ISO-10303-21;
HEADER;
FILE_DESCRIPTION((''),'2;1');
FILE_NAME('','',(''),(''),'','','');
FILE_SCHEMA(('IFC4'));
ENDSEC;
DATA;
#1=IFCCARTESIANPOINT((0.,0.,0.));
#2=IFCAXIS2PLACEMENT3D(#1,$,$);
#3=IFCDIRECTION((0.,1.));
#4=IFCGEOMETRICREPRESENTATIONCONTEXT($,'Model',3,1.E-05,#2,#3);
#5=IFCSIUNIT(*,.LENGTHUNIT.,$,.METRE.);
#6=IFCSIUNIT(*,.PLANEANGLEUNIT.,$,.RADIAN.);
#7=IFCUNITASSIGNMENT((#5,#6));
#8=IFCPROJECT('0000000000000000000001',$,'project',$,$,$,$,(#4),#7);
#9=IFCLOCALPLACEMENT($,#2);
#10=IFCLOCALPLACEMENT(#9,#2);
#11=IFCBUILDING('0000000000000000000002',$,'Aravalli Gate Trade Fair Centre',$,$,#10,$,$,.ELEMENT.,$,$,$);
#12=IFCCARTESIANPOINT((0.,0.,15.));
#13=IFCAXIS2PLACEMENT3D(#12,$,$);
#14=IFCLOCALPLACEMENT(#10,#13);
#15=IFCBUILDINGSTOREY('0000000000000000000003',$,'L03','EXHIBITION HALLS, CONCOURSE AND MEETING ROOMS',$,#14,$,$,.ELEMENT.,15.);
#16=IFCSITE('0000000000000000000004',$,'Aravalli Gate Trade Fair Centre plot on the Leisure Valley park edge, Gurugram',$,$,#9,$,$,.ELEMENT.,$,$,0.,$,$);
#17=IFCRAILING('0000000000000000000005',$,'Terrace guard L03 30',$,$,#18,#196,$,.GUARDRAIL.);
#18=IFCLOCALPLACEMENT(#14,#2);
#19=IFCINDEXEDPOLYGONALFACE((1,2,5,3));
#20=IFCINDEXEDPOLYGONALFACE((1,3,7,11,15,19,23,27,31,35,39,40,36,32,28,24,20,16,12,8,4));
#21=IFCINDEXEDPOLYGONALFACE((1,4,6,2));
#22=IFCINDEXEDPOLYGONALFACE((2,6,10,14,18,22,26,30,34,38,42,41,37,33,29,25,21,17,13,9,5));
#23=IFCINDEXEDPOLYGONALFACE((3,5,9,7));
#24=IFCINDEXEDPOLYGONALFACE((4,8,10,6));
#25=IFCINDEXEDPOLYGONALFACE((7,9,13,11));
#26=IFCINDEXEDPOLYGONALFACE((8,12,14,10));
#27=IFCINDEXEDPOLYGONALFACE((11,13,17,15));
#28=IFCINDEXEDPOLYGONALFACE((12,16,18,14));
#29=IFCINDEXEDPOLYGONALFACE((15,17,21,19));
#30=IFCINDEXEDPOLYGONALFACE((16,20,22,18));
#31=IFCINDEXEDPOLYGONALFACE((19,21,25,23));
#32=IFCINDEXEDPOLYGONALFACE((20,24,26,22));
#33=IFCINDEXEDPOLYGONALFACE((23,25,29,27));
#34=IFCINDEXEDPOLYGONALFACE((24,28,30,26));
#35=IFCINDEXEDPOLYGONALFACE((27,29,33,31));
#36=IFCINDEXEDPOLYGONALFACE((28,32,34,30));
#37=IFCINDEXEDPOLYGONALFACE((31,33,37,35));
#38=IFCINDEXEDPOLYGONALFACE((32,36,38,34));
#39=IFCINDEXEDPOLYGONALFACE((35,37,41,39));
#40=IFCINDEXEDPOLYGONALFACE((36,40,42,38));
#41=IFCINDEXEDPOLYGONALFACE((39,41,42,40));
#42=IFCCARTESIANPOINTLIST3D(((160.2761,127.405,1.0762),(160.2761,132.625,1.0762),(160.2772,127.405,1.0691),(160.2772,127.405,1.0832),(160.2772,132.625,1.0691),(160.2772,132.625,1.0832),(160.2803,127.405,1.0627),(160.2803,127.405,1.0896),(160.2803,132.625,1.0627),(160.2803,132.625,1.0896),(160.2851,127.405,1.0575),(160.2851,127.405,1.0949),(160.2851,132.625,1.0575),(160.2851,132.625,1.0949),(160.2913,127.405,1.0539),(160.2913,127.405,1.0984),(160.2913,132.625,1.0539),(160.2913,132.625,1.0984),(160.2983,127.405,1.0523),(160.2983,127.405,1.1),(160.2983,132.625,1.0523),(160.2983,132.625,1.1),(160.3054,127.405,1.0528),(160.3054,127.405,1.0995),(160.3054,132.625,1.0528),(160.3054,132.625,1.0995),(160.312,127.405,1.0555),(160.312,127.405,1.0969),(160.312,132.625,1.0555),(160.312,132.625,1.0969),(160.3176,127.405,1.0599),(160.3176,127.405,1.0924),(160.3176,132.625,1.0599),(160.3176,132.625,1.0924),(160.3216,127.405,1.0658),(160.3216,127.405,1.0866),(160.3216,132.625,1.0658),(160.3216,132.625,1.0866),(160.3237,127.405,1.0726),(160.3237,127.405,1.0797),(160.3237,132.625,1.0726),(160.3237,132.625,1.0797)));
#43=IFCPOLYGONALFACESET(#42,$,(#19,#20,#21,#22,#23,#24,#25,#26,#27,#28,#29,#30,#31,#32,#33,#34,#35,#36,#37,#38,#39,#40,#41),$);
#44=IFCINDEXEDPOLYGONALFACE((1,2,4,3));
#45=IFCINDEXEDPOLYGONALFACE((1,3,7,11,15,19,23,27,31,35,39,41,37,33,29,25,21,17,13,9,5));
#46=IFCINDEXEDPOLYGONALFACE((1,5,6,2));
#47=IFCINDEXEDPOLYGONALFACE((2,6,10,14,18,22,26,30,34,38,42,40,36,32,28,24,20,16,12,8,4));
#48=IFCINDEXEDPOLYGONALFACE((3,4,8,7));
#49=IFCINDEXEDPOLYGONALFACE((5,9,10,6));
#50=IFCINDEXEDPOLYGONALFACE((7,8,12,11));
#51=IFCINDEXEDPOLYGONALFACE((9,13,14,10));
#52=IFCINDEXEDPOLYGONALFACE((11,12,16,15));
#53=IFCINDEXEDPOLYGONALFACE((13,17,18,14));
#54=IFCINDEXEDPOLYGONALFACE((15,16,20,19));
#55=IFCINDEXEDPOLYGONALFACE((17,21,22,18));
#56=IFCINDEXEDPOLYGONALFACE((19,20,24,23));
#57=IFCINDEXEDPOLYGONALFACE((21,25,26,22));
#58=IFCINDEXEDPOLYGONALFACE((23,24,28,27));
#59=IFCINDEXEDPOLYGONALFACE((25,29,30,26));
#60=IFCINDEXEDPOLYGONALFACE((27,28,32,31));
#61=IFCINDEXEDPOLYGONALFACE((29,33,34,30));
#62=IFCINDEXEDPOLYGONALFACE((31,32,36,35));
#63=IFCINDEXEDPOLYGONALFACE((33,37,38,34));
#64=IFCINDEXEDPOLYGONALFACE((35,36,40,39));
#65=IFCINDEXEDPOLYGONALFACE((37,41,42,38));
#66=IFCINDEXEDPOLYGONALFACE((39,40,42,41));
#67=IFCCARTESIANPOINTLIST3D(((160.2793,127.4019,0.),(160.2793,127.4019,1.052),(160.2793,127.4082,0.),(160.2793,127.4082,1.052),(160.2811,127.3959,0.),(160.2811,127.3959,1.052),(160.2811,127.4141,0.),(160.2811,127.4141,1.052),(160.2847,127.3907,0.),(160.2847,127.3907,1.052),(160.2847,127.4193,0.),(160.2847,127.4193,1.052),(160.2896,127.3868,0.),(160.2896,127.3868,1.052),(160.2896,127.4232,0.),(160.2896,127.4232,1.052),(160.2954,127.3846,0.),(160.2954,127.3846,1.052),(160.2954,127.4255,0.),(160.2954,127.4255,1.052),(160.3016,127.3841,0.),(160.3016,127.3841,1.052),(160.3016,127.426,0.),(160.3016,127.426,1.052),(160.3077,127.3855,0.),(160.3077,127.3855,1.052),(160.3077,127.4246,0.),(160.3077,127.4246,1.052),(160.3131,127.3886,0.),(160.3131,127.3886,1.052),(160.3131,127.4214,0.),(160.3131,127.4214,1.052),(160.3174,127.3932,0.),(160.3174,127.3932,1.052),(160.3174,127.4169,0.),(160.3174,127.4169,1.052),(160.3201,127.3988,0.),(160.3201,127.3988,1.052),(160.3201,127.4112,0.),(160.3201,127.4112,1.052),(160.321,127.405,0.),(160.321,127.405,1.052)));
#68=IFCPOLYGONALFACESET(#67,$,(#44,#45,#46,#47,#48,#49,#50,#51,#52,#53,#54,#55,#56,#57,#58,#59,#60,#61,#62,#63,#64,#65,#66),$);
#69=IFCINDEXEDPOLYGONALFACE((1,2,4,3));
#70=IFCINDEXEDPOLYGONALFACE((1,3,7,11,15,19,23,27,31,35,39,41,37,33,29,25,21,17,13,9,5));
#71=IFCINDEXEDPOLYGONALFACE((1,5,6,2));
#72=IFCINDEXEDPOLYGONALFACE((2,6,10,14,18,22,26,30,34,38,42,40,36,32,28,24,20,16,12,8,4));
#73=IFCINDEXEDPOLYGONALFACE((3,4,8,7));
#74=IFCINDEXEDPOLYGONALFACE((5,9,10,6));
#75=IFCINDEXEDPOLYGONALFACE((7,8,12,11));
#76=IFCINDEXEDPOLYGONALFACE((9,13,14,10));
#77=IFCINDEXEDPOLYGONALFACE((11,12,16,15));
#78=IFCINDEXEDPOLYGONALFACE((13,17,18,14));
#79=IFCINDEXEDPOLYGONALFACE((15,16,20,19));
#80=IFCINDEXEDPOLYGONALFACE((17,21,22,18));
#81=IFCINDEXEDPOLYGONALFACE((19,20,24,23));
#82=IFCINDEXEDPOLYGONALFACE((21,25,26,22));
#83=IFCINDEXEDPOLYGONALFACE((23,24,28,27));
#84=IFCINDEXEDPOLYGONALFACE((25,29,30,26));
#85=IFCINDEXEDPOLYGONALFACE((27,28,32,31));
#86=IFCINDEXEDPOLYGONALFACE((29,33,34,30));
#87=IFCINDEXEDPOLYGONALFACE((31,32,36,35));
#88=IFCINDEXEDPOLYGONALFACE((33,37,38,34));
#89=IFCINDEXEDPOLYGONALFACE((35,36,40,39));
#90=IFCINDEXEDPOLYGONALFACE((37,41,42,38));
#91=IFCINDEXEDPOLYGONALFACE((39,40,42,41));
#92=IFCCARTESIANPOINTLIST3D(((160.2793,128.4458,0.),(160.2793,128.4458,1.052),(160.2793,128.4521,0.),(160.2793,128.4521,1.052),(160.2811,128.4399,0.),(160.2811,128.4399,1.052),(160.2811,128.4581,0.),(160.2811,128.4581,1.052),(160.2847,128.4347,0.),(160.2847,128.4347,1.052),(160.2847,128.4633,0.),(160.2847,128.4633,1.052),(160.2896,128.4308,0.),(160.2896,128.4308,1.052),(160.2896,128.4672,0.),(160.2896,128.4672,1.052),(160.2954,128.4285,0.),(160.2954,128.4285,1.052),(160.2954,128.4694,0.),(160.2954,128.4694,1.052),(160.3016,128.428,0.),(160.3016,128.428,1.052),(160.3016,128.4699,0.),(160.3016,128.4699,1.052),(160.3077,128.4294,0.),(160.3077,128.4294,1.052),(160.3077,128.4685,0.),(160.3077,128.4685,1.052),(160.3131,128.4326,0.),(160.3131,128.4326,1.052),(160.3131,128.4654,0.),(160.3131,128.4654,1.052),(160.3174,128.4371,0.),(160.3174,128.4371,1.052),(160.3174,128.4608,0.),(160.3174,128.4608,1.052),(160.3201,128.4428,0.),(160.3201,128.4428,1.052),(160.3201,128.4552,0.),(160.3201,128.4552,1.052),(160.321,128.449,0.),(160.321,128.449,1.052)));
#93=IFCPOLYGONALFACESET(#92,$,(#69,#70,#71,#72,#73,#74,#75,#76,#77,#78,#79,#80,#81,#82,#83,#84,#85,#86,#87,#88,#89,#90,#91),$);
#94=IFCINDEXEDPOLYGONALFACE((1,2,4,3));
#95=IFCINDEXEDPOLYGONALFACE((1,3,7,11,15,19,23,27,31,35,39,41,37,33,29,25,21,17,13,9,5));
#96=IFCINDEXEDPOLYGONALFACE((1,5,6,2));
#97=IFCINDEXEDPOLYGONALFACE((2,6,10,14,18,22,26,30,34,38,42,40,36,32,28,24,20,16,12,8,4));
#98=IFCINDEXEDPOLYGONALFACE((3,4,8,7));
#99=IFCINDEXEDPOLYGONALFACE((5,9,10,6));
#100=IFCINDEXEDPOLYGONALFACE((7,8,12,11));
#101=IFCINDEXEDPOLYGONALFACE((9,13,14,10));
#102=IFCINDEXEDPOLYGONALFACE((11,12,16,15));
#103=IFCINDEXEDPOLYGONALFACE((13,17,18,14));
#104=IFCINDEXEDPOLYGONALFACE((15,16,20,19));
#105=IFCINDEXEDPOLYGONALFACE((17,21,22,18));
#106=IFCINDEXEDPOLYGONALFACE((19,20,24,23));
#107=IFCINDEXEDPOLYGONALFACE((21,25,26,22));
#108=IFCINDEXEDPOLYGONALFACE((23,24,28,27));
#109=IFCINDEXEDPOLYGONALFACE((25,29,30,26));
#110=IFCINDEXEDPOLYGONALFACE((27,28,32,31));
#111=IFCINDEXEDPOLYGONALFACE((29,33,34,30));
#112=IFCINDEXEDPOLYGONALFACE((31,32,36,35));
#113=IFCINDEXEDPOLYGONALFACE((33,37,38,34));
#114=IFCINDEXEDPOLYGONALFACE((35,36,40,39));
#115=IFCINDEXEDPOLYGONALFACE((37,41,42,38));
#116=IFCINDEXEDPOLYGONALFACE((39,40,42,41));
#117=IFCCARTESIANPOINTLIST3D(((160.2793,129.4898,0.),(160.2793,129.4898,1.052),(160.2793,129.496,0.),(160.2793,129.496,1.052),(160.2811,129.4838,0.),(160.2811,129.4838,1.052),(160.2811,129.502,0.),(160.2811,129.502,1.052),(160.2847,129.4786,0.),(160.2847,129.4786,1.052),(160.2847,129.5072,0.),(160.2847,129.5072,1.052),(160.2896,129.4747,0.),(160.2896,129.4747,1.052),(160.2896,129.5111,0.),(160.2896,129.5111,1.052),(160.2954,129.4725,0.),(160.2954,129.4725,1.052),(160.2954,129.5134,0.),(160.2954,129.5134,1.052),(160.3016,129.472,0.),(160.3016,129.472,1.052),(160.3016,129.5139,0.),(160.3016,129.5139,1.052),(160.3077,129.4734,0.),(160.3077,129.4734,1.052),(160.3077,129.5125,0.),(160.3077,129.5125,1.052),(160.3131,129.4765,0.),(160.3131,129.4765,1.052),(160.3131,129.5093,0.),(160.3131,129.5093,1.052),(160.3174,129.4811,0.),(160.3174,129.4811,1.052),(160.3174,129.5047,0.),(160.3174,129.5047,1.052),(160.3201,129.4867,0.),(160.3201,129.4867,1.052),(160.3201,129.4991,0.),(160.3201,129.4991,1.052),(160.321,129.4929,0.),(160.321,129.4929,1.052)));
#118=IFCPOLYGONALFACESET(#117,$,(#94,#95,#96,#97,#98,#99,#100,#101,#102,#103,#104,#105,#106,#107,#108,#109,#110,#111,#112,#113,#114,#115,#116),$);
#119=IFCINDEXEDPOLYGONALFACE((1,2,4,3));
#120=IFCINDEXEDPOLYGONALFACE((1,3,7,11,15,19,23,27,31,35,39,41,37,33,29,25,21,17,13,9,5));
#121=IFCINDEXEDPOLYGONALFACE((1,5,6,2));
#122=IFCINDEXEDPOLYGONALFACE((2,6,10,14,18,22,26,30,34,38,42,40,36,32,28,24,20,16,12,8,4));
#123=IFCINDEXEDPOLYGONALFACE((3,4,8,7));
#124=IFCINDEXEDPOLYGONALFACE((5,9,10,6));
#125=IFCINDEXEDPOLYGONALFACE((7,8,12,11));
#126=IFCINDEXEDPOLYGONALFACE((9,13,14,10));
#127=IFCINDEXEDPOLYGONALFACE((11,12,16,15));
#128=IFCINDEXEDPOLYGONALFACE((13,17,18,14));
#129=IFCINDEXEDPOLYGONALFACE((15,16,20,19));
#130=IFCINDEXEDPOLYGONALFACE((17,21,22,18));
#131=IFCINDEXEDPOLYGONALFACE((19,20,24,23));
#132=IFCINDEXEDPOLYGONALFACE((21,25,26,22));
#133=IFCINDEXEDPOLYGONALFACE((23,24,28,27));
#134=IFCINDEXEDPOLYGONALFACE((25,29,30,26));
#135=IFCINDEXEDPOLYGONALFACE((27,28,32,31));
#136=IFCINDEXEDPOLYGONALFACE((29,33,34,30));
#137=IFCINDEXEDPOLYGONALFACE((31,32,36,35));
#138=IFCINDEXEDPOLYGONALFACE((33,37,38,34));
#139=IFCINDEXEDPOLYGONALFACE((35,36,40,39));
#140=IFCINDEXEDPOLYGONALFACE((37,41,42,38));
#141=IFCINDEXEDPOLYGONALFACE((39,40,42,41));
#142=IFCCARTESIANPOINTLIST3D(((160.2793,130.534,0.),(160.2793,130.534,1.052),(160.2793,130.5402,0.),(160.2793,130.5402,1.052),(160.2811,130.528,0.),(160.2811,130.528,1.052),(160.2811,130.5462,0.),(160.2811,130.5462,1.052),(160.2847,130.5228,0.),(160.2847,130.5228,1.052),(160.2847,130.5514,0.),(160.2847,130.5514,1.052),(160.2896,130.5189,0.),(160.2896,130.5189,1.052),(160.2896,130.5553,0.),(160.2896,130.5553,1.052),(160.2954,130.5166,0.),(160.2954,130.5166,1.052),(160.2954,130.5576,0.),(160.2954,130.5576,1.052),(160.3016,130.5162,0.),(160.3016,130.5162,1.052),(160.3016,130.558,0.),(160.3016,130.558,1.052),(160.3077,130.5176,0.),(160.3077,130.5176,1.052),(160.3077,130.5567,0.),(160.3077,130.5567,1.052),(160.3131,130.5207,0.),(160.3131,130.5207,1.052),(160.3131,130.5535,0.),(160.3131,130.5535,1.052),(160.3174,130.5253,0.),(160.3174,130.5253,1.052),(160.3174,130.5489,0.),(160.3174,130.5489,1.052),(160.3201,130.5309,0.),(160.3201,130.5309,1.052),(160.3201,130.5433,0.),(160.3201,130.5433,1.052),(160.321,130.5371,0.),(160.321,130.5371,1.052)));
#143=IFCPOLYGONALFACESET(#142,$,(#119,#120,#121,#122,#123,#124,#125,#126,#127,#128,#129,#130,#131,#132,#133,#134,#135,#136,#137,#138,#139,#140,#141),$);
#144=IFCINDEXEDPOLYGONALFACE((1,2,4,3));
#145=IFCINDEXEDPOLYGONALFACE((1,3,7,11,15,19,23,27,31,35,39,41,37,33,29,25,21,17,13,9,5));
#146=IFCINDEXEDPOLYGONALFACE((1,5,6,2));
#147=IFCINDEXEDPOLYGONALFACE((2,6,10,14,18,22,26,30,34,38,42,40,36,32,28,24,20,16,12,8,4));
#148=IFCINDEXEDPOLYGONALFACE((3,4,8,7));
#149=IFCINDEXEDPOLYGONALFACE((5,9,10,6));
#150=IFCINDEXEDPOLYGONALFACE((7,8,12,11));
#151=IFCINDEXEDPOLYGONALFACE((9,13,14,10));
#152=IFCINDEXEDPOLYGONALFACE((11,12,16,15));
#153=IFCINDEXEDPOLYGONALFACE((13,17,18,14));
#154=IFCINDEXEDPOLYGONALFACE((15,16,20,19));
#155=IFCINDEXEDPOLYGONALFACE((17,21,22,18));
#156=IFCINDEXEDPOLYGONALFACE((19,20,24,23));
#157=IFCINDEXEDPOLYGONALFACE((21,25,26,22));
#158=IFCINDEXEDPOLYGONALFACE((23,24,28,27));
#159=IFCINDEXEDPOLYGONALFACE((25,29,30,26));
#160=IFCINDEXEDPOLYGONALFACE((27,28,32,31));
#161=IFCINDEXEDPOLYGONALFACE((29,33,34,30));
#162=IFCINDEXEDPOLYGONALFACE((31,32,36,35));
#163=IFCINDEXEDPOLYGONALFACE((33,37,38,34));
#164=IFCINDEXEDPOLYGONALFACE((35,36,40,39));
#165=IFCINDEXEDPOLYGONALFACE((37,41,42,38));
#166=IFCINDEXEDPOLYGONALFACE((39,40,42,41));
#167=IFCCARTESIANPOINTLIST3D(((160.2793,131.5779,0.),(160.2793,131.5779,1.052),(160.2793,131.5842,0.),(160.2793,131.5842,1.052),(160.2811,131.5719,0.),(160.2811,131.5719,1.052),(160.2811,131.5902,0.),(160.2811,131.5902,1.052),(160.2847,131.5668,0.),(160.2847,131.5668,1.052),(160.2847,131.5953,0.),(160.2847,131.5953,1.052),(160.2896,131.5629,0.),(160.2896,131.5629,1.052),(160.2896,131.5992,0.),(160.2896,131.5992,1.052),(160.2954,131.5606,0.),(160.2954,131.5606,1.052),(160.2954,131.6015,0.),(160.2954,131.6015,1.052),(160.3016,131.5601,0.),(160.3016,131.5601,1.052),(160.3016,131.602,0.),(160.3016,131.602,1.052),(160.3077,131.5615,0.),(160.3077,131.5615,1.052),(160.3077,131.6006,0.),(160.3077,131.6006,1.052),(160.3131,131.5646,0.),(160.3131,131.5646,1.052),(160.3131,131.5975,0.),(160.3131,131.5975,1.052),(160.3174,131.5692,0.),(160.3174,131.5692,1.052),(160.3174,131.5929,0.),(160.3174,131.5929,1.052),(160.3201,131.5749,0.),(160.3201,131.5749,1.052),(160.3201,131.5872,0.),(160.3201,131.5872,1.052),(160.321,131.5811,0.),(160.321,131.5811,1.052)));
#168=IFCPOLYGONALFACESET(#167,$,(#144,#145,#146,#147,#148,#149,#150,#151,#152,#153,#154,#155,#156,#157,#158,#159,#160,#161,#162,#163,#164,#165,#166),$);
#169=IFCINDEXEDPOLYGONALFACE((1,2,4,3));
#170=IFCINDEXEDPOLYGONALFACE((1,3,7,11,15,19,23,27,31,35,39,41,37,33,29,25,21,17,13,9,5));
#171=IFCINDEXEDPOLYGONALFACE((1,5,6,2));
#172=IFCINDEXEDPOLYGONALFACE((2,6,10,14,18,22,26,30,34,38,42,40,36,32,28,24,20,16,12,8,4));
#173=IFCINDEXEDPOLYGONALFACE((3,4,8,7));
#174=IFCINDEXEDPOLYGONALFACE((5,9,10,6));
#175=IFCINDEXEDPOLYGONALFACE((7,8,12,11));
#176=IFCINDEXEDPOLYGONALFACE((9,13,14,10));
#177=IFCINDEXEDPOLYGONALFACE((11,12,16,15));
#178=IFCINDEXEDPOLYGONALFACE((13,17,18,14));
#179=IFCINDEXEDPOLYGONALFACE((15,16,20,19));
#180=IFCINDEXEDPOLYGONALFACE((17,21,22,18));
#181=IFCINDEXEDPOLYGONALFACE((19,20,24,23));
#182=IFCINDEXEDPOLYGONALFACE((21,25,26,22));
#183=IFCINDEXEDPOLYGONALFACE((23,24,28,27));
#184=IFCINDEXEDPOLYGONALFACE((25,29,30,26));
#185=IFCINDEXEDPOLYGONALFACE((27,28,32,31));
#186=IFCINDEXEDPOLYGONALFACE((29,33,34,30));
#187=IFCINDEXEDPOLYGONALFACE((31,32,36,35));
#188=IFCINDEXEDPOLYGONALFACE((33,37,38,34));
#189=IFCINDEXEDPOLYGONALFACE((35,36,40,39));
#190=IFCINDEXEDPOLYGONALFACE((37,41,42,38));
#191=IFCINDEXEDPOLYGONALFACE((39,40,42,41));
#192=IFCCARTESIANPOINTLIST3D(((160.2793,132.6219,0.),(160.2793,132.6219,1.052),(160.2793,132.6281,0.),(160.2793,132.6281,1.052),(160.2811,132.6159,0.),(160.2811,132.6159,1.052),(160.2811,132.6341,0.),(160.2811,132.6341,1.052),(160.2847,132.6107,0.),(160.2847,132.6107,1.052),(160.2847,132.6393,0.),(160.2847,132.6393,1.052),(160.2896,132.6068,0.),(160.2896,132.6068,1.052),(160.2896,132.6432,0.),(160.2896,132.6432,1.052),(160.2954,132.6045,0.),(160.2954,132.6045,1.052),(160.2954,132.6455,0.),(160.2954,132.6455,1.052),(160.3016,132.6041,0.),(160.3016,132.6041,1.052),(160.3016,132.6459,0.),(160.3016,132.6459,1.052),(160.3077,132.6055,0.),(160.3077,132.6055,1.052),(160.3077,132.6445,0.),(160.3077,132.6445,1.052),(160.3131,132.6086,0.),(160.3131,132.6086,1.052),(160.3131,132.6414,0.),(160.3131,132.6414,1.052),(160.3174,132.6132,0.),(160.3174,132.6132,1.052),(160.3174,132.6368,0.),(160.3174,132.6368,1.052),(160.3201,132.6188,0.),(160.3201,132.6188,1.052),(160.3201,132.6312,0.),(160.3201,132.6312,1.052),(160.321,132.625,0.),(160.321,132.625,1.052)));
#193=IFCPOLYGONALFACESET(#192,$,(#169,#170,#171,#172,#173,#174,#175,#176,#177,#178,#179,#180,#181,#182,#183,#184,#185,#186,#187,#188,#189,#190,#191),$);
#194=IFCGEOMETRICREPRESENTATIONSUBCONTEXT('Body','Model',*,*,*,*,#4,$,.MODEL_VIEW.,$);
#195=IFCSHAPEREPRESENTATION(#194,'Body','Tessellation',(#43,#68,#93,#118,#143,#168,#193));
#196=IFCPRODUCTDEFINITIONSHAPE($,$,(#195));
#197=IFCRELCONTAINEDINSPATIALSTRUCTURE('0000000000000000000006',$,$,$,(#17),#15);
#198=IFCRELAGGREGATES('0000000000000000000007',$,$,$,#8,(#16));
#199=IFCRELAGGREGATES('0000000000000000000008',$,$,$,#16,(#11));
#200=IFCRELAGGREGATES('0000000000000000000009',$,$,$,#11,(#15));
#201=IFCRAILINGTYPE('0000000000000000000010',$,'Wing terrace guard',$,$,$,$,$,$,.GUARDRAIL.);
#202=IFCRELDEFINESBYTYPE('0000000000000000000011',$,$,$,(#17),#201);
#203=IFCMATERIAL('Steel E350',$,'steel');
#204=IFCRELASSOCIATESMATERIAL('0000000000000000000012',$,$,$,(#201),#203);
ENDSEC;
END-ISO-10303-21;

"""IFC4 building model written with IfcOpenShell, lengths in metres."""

from ifc_helpers import new_model, si_unit, direction, frame, origin, origin_2d, place, context, subcontext, project, spatial, circle, extrude, material, type_object, element, save


model = new_model("IFC4")

# Units and contexts
model_context = context("Model", 3, precision=1e-05, world=origin(), true_north=direction((0.0, 1.0)))
body_context = subcontext(model_context, "Body", "Model", "MODEL_VIEW")
ifc_project = project(units=[si_unit("LENGTHUNIT", "METRE"), si_unit("PLANEANGLEUNIT", "RADIAN")], contexts=[model_context])

# Site, building, storey
site_placement = place(None, origin())
site = spatial("IfcSite", under=ifc_project, at=site_placement, Name="Aravalli Gate Trade Fair Centre plot on the Leisure Valley park edge, Gurugram", CompositionType="ELEMENT", RefElevation=0.0)
building_placement = place(site_placement, origin())
building = spatial("IfcBuilding", under=site, at=building_placement, Name="Aravalli Gate Trade Fair Centre", CompositionType="ELEMENT")
storey_placement = place(building_placement, frame((0.0, 0.0, 15.0)))
storey = spatial("IfcBuildingStorey", under=building, at=storey_placement, Name="L03", Description="EXHIBITION HALLS, CONCOURSE AND MEETING ROOMS", CompositionType="ELEMENT", Elevation=15.0)

# Shared definitions
ifc_material_1 = material(Name="Steel E350", Category="steel")

# Railing
railing_type = type_object("IfcRailingType", Name="Wing terrace guard", PredefinedType="GUARDRAIL", material=ifc_material_1)
railing_1_placement = place(storey_placement, frame((160.3, 127.405, 0.0)))
element("IfcRailing", 1, at=railing_1_placement, inside=storey, type_object=railing_type, Name="Terrace guard L03 30", PredefinedType="GUARDRAIL", context=body_context, shape_type="SweptSolid", body=[
    extrude(circle(Radius=0.0239, at=origin_2d()), frame((0.0, 0.0, 1.0762), z_axis=(0.0, 1.0, 0.0), x_axis=(-1.0, 0.0, 0.0)), (0.0, 0.0, 1.0), 5.22),
    extrude(circle(Radius=0.021, at=origin_2d()), origin(), (0.0, 0.0, 1.0), 1.052),
    extrude(circle(Radius=0.021, at=origin_2d()), frame((0.0, 1.0439, 0.0)), (0.0, 0.0, 1.0), 1.052),
    extrude(circle(Radius=0.021, at=origin_2d()), frame((0.0, 2.0879, 0.0)), (0.0, 0.0, 1.0), 1.052),
    extrude(circle(Radius=0.021, at=origin_2d()), frame((0.0, 3.1321, 0.0)), (0.0, 0.0, 1.0), 1.052),
    extrude(circle(Radius=0.021, at=origin_2d()), frame((0.0, 4.176, 0.0)), (0.0, 0.0, 1.0), 1.052),
    extrude(circle(Radius=0.021, at=origin_2d()), frame((0.0, 5.22, 0.0)), (0.0, 0.0, 1.0), 1.052),
])

save(model, "model.ifc")
